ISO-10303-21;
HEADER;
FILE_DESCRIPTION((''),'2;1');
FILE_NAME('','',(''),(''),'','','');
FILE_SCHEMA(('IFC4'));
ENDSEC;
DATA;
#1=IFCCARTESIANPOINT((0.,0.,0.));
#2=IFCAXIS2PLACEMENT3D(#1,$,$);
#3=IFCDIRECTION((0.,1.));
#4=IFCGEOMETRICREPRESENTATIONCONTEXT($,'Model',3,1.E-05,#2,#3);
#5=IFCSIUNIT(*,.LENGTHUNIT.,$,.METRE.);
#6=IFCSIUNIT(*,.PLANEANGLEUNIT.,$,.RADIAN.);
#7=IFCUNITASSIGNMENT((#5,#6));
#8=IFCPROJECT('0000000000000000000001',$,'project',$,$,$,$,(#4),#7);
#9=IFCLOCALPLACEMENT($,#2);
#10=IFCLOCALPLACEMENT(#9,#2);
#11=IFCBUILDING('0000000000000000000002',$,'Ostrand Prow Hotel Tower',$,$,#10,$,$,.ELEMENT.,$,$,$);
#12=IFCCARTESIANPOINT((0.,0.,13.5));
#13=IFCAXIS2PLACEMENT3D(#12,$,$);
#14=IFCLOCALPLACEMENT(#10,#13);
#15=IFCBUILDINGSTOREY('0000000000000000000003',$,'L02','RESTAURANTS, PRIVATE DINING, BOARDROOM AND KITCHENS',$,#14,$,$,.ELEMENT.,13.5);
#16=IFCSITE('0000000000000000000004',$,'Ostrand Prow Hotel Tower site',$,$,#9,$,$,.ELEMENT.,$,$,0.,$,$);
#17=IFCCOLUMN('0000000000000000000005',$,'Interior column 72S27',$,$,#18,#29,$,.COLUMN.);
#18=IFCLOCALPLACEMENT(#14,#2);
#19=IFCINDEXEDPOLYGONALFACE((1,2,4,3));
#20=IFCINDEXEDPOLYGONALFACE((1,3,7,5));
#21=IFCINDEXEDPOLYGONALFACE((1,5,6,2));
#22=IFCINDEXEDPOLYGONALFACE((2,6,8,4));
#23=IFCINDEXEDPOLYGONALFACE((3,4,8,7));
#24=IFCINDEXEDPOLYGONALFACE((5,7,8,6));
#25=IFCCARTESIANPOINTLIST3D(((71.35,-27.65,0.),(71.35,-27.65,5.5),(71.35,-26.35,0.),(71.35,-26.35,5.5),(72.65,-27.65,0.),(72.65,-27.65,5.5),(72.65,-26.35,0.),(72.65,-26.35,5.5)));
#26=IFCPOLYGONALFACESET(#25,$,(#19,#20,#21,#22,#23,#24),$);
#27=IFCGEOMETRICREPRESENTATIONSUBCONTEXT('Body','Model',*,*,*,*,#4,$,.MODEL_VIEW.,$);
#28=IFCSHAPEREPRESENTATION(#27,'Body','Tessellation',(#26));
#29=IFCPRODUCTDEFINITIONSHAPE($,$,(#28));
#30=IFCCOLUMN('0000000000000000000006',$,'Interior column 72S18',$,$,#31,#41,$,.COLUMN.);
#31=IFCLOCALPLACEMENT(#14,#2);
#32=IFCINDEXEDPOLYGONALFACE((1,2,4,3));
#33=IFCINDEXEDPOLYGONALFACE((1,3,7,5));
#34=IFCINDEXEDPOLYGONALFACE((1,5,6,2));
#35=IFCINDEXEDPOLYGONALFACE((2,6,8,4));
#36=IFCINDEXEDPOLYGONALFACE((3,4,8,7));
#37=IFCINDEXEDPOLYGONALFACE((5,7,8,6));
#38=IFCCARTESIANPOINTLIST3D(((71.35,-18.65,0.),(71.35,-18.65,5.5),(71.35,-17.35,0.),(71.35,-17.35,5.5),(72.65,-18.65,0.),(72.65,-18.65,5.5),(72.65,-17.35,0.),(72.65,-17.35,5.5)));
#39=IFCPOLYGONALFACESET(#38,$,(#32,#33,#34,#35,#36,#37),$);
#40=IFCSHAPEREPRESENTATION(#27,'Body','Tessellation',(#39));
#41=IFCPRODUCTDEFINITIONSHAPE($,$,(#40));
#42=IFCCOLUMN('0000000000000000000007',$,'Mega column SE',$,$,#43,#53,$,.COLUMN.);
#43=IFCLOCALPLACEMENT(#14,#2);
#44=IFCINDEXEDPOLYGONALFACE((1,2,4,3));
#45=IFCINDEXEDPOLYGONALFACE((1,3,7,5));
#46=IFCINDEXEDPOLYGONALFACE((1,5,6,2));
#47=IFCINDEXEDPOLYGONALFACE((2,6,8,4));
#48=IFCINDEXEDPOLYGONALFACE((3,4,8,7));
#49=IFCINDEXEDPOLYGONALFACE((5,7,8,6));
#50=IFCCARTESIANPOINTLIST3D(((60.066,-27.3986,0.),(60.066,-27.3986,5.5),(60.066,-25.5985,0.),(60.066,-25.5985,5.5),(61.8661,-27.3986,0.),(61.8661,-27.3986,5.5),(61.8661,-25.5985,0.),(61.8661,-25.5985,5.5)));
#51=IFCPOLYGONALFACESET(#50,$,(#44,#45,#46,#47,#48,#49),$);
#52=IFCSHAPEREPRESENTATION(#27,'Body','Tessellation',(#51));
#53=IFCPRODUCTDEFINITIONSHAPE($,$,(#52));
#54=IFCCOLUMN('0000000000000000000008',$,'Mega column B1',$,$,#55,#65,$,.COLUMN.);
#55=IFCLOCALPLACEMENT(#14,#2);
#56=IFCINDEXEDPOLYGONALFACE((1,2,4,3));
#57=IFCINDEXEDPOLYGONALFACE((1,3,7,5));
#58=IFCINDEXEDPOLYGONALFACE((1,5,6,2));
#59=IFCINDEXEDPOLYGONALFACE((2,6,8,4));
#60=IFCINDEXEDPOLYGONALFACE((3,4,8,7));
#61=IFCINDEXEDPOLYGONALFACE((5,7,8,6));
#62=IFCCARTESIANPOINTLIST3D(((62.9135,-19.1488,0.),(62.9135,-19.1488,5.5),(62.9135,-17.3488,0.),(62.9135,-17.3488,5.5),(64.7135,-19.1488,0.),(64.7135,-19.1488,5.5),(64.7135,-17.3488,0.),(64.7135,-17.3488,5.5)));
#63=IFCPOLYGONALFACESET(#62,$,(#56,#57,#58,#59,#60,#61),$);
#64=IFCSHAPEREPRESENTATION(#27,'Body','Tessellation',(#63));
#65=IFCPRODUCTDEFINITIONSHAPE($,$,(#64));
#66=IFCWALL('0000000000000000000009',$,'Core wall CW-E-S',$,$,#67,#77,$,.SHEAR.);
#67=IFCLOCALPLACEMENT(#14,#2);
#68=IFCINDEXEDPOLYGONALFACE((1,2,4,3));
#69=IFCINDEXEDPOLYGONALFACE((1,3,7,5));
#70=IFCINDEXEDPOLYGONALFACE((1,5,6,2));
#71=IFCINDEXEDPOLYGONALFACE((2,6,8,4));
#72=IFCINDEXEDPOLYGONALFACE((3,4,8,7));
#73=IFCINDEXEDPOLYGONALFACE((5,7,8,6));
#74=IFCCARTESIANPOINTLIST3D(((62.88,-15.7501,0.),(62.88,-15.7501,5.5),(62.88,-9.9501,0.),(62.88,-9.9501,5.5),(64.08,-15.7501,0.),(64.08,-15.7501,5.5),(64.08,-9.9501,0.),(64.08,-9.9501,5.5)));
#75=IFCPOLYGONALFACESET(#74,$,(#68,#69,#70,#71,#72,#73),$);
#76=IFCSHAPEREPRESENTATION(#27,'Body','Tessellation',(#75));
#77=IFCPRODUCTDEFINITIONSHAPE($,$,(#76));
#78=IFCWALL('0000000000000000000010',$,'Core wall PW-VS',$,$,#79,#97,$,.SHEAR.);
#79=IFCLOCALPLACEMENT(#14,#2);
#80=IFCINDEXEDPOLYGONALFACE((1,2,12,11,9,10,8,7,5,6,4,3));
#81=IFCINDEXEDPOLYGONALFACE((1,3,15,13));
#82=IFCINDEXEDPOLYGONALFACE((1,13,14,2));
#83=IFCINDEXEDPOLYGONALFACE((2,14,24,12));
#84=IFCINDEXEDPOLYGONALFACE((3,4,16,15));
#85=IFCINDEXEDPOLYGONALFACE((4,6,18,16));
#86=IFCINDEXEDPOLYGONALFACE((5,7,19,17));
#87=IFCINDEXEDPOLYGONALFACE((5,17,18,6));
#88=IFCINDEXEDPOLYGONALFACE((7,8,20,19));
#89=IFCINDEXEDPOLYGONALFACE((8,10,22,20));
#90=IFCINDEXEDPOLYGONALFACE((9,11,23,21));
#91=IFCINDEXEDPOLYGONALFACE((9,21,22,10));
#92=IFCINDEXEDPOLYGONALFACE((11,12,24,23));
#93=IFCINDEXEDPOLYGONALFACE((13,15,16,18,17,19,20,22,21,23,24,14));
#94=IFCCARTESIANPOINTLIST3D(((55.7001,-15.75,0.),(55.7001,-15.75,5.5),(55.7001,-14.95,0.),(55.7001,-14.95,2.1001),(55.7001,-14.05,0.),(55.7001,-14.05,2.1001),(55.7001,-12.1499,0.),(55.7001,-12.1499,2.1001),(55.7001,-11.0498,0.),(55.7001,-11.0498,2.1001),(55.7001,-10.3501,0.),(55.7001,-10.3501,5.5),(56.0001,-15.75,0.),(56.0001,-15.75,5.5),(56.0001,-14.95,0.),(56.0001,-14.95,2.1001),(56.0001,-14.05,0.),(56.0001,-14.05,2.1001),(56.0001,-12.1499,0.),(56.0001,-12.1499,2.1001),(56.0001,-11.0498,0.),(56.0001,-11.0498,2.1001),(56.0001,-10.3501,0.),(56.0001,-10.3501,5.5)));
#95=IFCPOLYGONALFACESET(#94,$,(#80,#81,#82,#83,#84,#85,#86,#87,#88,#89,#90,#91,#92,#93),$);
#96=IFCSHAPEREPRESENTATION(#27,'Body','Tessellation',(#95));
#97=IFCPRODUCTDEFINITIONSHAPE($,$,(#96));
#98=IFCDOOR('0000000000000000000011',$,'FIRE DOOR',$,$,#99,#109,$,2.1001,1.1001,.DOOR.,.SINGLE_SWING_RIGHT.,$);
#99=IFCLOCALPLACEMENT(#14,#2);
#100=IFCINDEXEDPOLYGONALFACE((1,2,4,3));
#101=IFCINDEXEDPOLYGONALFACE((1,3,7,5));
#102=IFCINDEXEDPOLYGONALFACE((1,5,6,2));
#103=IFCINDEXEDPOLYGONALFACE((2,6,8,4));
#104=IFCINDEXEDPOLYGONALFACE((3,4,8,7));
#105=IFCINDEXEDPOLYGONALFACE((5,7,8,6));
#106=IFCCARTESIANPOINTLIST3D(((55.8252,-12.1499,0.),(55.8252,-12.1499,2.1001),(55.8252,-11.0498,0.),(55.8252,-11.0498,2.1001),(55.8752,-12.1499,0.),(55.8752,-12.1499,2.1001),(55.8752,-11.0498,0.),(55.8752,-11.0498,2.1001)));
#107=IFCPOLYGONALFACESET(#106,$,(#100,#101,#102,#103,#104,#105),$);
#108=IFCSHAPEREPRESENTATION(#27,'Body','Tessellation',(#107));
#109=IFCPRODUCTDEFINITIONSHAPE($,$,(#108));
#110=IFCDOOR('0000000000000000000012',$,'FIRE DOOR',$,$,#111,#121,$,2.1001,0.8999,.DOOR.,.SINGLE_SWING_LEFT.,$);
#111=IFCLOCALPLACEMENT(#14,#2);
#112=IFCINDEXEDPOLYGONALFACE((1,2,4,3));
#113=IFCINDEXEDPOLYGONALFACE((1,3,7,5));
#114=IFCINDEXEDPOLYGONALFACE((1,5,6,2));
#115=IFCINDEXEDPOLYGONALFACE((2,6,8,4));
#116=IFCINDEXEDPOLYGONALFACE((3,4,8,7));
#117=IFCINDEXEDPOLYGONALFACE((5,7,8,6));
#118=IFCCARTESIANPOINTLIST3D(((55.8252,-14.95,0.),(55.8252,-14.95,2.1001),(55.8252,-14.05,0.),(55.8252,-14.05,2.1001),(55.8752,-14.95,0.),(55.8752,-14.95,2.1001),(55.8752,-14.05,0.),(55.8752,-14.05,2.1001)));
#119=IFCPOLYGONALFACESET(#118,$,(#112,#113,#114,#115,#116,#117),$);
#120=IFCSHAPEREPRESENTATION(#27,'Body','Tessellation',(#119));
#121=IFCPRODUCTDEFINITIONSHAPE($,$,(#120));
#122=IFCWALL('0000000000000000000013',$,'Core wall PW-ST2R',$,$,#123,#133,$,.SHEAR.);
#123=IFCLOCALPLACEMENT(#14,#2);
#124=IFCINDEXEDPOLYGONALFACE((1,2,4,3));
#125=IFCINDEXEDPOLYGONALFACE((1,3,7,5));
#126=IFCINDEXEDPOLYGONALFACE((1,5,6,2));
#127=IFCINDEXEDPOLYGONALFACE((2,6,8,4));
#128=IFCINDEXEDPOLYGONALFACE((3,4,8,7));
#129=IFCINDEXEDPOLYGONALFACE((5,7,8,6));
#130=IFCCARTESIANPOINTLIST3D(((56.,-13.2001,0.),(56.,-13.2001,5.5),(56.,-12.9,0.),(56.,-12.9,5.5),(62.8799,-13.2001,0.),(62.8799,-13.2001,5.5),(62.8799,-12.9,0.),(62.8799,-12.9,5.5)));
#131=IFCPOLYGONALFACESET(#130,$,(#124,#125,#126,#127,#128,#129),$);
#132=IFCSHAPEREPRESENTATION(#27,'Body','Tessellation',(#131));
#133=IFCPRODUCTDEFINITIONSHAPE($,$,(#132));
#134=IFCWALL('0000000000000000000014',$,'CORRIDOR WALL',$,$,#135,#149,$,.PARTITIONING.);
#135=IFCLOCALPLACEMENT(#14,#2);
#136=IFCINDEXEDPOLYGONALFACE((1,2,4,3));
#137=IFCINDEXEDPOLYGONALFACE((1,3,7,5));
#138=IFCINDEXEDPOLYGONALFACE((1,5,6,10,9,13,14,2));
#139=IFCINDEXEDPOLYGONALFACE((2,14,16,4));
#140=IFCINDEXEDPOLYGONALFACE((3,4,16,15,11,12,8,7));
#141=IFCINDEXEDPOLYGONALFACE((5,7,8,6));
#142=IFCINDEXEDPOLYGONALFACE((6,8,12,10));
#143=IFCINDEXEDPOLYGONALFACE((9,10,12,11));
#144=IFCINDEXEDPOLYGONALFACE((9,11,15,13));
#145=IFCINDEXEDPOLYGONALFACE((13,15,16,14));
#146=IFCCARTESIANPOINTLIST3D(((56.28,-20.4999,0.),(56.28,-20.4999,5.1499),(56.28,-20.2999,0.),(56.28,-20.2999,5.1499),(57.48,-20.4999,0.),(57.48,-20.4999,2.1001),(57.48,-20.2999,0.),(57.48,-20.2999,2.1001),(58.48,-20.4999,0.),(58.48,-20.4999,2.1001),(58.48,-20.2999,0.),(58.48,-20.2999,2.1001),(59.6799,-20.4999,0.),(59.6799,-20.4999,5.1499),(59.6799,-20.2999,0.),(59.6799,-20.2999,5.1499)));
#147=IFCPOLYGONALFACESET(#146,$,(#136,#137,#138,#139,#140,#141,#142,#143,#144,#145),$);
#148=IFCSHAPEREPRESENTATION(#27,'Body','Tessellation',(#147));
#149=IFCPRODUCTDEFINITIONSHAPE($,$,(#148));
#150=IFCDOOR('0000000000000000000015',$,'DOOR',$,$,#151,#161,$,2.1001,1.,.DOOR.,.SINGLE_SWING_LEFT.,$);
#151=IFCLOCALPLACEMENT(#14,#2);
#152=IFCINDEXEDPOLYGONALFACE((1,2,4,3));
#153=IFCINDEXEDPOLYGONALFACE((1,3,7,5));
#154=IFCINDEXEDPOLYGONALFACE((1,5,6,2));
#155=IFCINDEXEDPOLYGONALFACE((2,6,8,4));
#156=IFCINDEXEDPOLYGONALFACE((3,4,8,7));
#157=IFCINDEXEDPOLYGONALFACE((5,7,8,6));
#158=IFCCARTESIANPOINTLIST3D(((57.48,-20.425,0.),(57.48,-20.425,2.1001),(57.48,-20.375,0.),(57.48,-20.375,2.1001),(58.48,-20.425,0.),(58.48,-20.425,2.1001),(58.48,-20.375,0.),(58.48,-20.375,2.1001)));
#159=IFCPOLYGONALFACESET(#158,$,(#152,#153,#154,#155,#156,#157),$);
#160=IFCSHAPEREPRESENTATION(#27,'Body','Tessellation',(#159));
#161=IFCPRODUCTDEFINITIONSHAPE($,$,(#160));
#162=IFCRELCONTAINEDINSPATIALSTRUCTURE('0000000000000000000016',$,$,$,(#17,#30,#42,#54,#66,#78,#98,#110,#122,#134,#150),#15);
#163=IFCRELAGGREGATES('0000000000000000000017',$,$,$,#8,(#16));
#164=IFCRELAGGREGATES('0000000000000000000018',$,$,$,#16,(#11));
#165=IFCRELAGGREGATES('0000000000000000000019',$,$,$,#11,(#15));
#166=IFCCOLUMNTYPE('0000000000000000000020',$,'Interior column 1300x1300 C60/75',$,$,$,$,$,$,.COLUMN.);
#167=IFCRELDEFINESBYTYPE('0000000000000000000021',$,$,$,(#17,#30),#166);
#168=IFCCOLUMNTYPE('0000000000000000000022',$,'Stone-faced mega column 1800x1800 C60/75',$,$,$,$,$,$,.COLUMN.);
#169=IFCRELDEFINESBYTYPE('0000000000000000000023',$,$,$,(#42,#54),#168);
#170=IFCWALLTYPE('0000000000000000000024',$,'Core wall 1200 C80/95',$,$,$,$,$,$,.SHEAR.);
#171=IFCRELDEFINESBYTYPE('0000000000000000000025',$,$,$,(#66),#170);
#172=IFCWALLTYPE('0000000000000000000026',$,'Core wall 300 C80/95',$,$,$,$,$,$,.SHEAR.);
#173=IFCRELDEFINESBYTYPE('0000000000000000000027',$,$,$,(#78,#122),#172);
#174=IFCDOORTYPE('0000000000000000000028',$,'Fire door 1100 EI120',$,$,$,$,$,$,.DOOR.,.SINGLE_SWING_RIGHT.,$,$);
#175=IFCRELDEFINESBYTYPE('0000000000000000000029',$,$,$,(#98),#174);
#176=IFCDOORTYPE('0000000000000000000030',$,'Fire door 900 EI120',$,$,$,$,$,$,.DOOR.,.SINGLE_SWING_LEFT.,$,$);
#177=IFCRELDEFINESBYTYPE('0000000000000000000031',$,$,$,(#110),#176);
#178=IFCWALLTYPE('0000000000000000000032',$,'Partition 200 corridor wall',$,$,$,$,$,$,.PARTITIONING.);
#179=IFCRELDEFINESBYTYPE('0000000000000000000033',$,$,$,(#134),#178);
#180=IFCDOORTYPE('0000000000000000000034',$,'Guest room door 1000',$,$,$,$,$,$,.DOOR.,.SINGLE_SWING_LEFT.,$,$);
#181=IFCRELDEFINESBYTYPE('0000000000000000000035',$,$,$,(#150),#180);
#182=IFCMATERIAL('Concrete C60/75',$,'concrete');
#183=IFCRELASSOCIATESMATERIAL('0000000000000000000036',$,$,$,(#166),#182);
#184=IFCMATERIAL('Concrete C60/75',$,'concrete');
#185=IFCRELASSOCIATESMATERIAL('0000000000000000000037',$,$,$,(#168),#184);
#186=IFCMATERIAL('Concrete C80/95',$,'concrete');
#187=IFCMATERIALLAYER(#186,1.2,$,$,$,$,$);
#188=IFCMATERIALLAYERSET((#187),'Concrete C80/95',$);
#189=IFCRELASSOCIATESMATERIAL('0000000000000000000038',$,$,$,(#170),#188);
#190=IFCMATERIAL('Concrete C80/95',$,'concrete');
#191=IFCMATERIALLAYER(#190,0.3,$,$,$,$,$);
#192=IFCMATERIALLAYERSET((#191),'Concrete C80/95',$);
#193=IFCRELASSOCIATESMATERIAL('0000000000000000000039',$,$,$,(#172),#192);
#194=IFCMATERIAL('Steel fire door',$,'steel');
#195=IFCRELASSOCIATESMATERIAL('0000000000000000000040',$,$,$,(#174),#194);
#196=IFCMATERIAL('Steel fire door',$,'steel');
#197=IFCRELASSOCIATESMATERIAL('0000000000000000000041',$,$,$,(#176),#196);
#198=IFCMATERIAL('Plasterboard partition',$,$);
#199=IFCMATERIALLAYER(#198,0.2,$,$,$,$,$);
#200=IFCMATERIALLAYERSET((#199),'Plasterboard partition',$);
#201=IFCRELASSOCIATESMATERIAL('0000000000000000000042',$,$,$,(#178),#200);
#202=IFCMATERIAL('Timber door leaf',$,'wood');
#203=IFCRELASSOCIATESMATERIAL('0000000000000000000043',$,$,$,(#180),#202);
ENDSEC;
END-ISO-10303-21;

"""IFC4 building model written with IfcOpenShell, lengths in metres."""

from ifc_helpers import new_model, si_unit, direction, frame, frame_2d, origin, origin_2d, place, context, subcontext, project, spatial, rectangle, extrude, material, layer, layer_set, material_profile, profile_set, type_object, element, fill, save


model = new_model("IFC4")

# Units and contexts
model_context = context("Model", 3, precision=1e-05, world=origin(), true_north=direction((0.0, 1.0)))
body_context = subcontext(model_context, "Body", "Model", "MODEL_VIEW")
ifc_project = project(units=[si_unit("LENGTHUNIT", "METRE"), si_unit("PLANEANGLEUNIT", "RADIAN")], contexts=[model_context])

# Site, building, storey
site_placement = place(None, origin())
site = spatial("IfcSite", under=ifc_project, at=site_placement, Name="Ostrand Prow Hotel Tower site", CompositionType="ELEMENT", RefElevation=0.0)
building_placement = place(site_placement, origin())
building = spatial("IfcBuilding", under=site, at=building_placement, Name="Ostrand Prow Hotel Tower", CompositionType="ELEMENT")
storey_placement = place(building_placement, frame((0.0, 0.0, 13.5)))
storey = spatial("IfcBuildingStorey", under=building, at=storey_placement, Name="L02", Description="RESTAURANTS, PRIVATE DINING, BOARDROOM AND KITCHENS", CompositionType="ELEMENT", Elevation=13.5)

# Columns
ifc_material_1 = material(Name="Concrete C60/75", Category="concrete")
ifc_material_profile_1 = material_profile(ifc_material_1, rectangle(XDim=1.3, YDim=1.3, at=origin_2d()), Name="RC 1300x1300")
ifc_profile_set_1 = profile_set([ifc_material_profile_1], Name="Concrete C60/75")
column_type_1 = type_object("IfcColumnType", Name="Interior column 1300x1300 C60/75", PredefinedType="COLUMN", material=ifc_profile_set_1)
for number, where, z_axis, x_axis, name in (
    (1, (72.0, -27.0, 0.0), (0.0, 0.0, 1.0), (1.0, 0.0, 0.0), "Interior column 72S27"),
    (2, (72.0, -18.0, 0.0), (0.0, 0.0, 1.0), (1.0, 0.0, 0.0), "Interior column 72S18"),
):
    element("IfcColumn", number, at=place(storey_placement, frame(where, z_axis=z_axis, x_axis=x_axis)), inside=storey, type_object=column_type_1, Name=name, PredefinedType="COLUMN", context=body_context, shape_type="SweptSolid", body=[
        extrude(rectangle(XDim=1.3, YDim=1.3, at=origin_2d()), origin(), (0.0, 0.0, 1.0), 5.5),
    ])
ifc_material_2 = material(Name="Concrete C60/75", Category="concrete")
ifc_material_profile_2 = material_profile(ifc_material_2, rectangle(XDim=1.8, YDim=1.8, at=origin_2d()), Name="RC 1800x1800")
ifc_profile_set_2 = profile_set([ifc_material_profile_2], Name="Concrete C60/75")
column_type_2 = type_object("IfcColumnType", Name="Stone-faced mega column 1800x1800 C60/75", PredefinedType="COLUMN", material=ifc_profile_set_2)
for number, where, z_axis, x_axis, name in (
    (3, (60.9661, -26.4985, 0.0), (0.0, 0.0, 1.0), (1.0, 0.0, 0.0), "Mega column SE"),
    (4, (63.8135, -18.2488, 0.0), (0.0, 0.0, 1.0), (1.0, 0.0, 0.0), "Mega column B1"),
):
    element("IfcColumn", number, at=place(storey_placement, frame(where, z_axis=z_axis, x_axis=x_axis)), inside=storey, type_object=column_type_2, Name=name, PredefinedType="COLUMN", context=body_context, shape_type="SweptSolid", body=[
        extrude(rectangle(XDim=1.8, YDim=1.8, at=origin_2d()), origin(), (0.0, 0.0, 1.0), 5.5),
    ])

# Wall
ifc_material_3 = material(Name="Concrete C80/95", Category="concrete")
ifc_layer_1 = layer(ifc_material_3, 1.2)
ifc_layer_set_1 = layer_set([ifc_layer_1], Name="Concrete C80/95")
wall_type_1 = type_object("IfcWallType", Name="Core wall 1200 C80/95", PredefinedType="SHEAR", material=ifc_layer_set_1)
wall_1_placement = place(storey_placement, frame((63.48, -15.75, 0.0), z_axis=(0.0, 0.0, 1.0), x_axis=(0.0, 1.0, 0.0)))
element("IfcWall", 5, at=wall_1_placement, inside=storey, type_object=wall_type_1, Name="Core wall CW-E-S", PredefinedType="SHEAR", context=body_context, shape_type="SweptSolid", body=[
    extrude(rectangle(XDim=5.8, YDim=1.2, at=frame_2d((2.8999, 0.0))), origin(), (0.0, 0.0, 1.0), 5.5),
])

# Wall, openings, doors
ifc_material_4 = material(Name="Concrete C80/95", Category="concrete")
ifc_layer_2 = layer(ifc_material_4, 0.3)
ifc_layer_set_2 = layer_set([ifc_layer_2], Name="Concrete C80/95")
wall_type_2 = type_object("IfcWallType", Name="Core wall 300 C80/95", PredefinedType="SHEAR", material=ifc_layer_set_2)
wall_2_placement = place(storey_placement, frame((55.8501, -15.75, 0.0), z_axis=(0.0, 0.0, 1.0), x_axis=(0.0, 1.0, 0.0)))
wall_2 = element("IfcWall", 6, at=wall_2_placement, inside=storey, type_object=wall_type_2, Name="Core wall PW-VS", PredefinedType="SHEAR", context=body_context, shape_type="SweptSolid", body=[
    extrude(rectangle(XDim=5.3999, YDim=0.3, at=frame_2d((2.7, 0.0))), origin(), (0.0, 0.0, 1.0), 5.5),
])
opening_1_placement = place(wall_2_placement, frame((3.6001, 0.0, 0.0)))
opening_1 = element("IfcOpeningElement", 7, at=opening_1_placement, cuts=wall_2, PredefinedType="OPENING", context=body_context, shape_type="SweptSolid", body=[
    extrude(rectangle(XDim=1.1001, YDim=2.1001, at=frame_2d((0.55, 1.05))), frame((0.0, 0.1599, 0.0), z_axis=(0.0, -1.0, 0.0), x_axis=(1.0, 0.0, 0.0)), (0.0, 0.0, 1.0), 0.3201),
])
opening_2_placement = place(wall_2_placement, frame((0.8, 0.0, 0.0)))
opening_2 = element("IfcOpeningElement", 8, at=opening_2_placement, cuts=wall_2, PredefinedType="OPENING", context=body_context, shape_type="SweptSolid", body=[
    extrude(rectangle(XDim=0.8999, YDim=2.1001, at=frame_2d((0.45, 1.05))), frame((0.0, 0.1599, 0.0), z_axis=(0.0, -1.0, 0.0), x_axis=(1.0, 0.0, 0.0)), (0.0, 0.0, 1.0), 0.3201),
])
ifc_material_5 = material(Name="Steel fire door", Category="steel")
door_type_1 = type_object("IfcDoorType", Name="Fire door 1100 EI120", OperationType="SINGLE_SWING_RIGHT", PredefinedType="DOOR", material=ifc_material_5)
door_1_placement = place(opening_1_placement, origin())
door_1 = element("IfcDoor", 9, at=door_1_placement, inside=storey, type_object=door_type_1, Name="FIRE DOOR", OperationType="SINGLE_SWING_RIGHT", OverallHeight=2.1001, OverallWidth=1.1001, PredefinedType="DOOR", context=body_context, shape_type="SweptSolid", body=[
    extrude(rectangle(XDim=1.1001, YDim=2.1001, at=frame_2d((0.55, 1.05))), frame((0.0, 0.0249, 0.0), z_axis=(0.0, -1.0, 0.0), x_axis=(1.0, 0.0, 0.0)), (0.0, 0.0, 1.0), 0.05),
])
fill(opening_1, door_1)
ifc_material_6 = material(Name="Steel fire door", Category="steel")
door_type_2 = type_object("IfcDoorType", Name="Fire door 900 EI120", OperationType="SINGLE_SWING_LEFT", PredefinedType="DOOR", material=ifc_material_6)
door_2_placement = place(opening_2_placement, origin())
door_2 = element("IfcDoor", 10, at=door_2_placement, inside=storey, type_object=door_type_2, Name="FIRE DOOR", OperationType="SINGLE_SWING_LEFT", OverallHeight=2.1001, OverallWidth=0.8999, PredefinedType="DOOR", context=body_context, shape_type="SweptSolid", body=[
    extrude(rectangle(XDim=0.8999, YDim=2.1001, at=frame_2d((0.45, 1.05))), frame((0.0, 0.0249, 0.0), z_axis=(0.0, -1.0, 0.0), x_axis=(1.0, 0.0, 0.0)), (0.0, 0.0, 1.0), 0.05),
])
fill(opening_2, door_2)

# Wall
wall_3_placement = place(storey_placement, frame((56.0, -13.05, 0.0), z_axis=(0.0, 0.0, 1.0), x_axis=(1.0, 0.0, 0.0)))
element("IfcWall", 11, at=wall_3_placement, inside=storey, type_object=wall_type_2, Name="Core wall PW-ST2R", PredefinedType="SHEAR", context=body_context, shape_type="SweptSolid", body=[
    extrude(rectangle(XDim=6.8799, YDim=0.3, at=frame_2d((3.4399, 0.0))), origin(), (0.0, 0.0, 1.0), 5.5),
])

# Wall, opening, door
ifc_material_7 = material(Name="Plasterboard partition")
ifc_layer_3 = layer(ifc_material_7, 0.2)
ifc_layer_set_3 = layer_set([ifc_layer_3], Name="Plasterboard partition")
wall_type_3 = type_object("IfcWallType", Name="Partition 200 corridor wall", PredefinedType="PARTITIONING", material=ifc_layer_set_3)
wall_4_placement = place(storey_placement, frame((56.28, -20.3999, 0.0), z_axis=(0.0, 0.0, 1.0), x_axis=(1.0, 0.0, 0.0)))
wall_4 = element("IfcWall", 12, at=wall_4_placement, inside=storey, type_object=wall_type_3, Name="CORRIDOR WALL", PredefinedType="PARTITIONING", context=body_context, shape_type="SweptSolid", body=[
    extrude(rectangle(XDim=3.3999, YDim=0.2, at=frame_2d((1.7, 0.0))), origin(), (0.0, 0.0, 1.0), 5.1499),
])
opening_3_placement = place(wall_4_placement, frame((1.2, 0.0, 0.0)))
opening_3 = element("IfcOpeningElement", 13, at=opening_3_placement, cuts=wall_4, PredefinedType="OPENING", context=body_context, shape_type="SweptSolid", body=[
    extrude(rectangle(XDim=1.0, YDim=2.1001, at=frame_2d((0.5, 1.05))), frame((0.0, 0.1099, 0.0), z_axis=(0.0, -1.0, 0.0), x_axis=(1.0, 0.0, 0.0)), (0.0, 0.0, 1.0), 0.22),
])
ifc_material_8 = material(Name="Timber door leaf", Category="wood")
door_type_3 = type_object("IfcDoorType", Name="Guest room door 1000", OperationType="SINGLE_SWING_LEFT", PredefinedType="DOOR", material=ifc_material_8)
door_3_placement = place(opening_3_placement, origin())
door_3 = element("IfcDoor", 14, at=door_3_placement, inside=storey, type_object=door_type_3, Name="DOOR", OperationType="SINGLE_SWING_LEFT", OverallHeight=2.1001, OverallWidth=1.0, PredefinedType="DOOR", context=body_context, shape_type="SweptSolid", body=[
    extrude(rectangle(XDim=1.0, YDim=2.1001, at=frame_2d((0.5, 1.05))), frame((0.0, 0.0249, 0.0), z_axis=(0.0, -1.0, 0.0), x_axis=(1.0, 0.0, 0.0)), (0.0, 0.0, 1.0), 0.05),
])
fill(opening_3, door_3)

save(model, "model.ifc")
